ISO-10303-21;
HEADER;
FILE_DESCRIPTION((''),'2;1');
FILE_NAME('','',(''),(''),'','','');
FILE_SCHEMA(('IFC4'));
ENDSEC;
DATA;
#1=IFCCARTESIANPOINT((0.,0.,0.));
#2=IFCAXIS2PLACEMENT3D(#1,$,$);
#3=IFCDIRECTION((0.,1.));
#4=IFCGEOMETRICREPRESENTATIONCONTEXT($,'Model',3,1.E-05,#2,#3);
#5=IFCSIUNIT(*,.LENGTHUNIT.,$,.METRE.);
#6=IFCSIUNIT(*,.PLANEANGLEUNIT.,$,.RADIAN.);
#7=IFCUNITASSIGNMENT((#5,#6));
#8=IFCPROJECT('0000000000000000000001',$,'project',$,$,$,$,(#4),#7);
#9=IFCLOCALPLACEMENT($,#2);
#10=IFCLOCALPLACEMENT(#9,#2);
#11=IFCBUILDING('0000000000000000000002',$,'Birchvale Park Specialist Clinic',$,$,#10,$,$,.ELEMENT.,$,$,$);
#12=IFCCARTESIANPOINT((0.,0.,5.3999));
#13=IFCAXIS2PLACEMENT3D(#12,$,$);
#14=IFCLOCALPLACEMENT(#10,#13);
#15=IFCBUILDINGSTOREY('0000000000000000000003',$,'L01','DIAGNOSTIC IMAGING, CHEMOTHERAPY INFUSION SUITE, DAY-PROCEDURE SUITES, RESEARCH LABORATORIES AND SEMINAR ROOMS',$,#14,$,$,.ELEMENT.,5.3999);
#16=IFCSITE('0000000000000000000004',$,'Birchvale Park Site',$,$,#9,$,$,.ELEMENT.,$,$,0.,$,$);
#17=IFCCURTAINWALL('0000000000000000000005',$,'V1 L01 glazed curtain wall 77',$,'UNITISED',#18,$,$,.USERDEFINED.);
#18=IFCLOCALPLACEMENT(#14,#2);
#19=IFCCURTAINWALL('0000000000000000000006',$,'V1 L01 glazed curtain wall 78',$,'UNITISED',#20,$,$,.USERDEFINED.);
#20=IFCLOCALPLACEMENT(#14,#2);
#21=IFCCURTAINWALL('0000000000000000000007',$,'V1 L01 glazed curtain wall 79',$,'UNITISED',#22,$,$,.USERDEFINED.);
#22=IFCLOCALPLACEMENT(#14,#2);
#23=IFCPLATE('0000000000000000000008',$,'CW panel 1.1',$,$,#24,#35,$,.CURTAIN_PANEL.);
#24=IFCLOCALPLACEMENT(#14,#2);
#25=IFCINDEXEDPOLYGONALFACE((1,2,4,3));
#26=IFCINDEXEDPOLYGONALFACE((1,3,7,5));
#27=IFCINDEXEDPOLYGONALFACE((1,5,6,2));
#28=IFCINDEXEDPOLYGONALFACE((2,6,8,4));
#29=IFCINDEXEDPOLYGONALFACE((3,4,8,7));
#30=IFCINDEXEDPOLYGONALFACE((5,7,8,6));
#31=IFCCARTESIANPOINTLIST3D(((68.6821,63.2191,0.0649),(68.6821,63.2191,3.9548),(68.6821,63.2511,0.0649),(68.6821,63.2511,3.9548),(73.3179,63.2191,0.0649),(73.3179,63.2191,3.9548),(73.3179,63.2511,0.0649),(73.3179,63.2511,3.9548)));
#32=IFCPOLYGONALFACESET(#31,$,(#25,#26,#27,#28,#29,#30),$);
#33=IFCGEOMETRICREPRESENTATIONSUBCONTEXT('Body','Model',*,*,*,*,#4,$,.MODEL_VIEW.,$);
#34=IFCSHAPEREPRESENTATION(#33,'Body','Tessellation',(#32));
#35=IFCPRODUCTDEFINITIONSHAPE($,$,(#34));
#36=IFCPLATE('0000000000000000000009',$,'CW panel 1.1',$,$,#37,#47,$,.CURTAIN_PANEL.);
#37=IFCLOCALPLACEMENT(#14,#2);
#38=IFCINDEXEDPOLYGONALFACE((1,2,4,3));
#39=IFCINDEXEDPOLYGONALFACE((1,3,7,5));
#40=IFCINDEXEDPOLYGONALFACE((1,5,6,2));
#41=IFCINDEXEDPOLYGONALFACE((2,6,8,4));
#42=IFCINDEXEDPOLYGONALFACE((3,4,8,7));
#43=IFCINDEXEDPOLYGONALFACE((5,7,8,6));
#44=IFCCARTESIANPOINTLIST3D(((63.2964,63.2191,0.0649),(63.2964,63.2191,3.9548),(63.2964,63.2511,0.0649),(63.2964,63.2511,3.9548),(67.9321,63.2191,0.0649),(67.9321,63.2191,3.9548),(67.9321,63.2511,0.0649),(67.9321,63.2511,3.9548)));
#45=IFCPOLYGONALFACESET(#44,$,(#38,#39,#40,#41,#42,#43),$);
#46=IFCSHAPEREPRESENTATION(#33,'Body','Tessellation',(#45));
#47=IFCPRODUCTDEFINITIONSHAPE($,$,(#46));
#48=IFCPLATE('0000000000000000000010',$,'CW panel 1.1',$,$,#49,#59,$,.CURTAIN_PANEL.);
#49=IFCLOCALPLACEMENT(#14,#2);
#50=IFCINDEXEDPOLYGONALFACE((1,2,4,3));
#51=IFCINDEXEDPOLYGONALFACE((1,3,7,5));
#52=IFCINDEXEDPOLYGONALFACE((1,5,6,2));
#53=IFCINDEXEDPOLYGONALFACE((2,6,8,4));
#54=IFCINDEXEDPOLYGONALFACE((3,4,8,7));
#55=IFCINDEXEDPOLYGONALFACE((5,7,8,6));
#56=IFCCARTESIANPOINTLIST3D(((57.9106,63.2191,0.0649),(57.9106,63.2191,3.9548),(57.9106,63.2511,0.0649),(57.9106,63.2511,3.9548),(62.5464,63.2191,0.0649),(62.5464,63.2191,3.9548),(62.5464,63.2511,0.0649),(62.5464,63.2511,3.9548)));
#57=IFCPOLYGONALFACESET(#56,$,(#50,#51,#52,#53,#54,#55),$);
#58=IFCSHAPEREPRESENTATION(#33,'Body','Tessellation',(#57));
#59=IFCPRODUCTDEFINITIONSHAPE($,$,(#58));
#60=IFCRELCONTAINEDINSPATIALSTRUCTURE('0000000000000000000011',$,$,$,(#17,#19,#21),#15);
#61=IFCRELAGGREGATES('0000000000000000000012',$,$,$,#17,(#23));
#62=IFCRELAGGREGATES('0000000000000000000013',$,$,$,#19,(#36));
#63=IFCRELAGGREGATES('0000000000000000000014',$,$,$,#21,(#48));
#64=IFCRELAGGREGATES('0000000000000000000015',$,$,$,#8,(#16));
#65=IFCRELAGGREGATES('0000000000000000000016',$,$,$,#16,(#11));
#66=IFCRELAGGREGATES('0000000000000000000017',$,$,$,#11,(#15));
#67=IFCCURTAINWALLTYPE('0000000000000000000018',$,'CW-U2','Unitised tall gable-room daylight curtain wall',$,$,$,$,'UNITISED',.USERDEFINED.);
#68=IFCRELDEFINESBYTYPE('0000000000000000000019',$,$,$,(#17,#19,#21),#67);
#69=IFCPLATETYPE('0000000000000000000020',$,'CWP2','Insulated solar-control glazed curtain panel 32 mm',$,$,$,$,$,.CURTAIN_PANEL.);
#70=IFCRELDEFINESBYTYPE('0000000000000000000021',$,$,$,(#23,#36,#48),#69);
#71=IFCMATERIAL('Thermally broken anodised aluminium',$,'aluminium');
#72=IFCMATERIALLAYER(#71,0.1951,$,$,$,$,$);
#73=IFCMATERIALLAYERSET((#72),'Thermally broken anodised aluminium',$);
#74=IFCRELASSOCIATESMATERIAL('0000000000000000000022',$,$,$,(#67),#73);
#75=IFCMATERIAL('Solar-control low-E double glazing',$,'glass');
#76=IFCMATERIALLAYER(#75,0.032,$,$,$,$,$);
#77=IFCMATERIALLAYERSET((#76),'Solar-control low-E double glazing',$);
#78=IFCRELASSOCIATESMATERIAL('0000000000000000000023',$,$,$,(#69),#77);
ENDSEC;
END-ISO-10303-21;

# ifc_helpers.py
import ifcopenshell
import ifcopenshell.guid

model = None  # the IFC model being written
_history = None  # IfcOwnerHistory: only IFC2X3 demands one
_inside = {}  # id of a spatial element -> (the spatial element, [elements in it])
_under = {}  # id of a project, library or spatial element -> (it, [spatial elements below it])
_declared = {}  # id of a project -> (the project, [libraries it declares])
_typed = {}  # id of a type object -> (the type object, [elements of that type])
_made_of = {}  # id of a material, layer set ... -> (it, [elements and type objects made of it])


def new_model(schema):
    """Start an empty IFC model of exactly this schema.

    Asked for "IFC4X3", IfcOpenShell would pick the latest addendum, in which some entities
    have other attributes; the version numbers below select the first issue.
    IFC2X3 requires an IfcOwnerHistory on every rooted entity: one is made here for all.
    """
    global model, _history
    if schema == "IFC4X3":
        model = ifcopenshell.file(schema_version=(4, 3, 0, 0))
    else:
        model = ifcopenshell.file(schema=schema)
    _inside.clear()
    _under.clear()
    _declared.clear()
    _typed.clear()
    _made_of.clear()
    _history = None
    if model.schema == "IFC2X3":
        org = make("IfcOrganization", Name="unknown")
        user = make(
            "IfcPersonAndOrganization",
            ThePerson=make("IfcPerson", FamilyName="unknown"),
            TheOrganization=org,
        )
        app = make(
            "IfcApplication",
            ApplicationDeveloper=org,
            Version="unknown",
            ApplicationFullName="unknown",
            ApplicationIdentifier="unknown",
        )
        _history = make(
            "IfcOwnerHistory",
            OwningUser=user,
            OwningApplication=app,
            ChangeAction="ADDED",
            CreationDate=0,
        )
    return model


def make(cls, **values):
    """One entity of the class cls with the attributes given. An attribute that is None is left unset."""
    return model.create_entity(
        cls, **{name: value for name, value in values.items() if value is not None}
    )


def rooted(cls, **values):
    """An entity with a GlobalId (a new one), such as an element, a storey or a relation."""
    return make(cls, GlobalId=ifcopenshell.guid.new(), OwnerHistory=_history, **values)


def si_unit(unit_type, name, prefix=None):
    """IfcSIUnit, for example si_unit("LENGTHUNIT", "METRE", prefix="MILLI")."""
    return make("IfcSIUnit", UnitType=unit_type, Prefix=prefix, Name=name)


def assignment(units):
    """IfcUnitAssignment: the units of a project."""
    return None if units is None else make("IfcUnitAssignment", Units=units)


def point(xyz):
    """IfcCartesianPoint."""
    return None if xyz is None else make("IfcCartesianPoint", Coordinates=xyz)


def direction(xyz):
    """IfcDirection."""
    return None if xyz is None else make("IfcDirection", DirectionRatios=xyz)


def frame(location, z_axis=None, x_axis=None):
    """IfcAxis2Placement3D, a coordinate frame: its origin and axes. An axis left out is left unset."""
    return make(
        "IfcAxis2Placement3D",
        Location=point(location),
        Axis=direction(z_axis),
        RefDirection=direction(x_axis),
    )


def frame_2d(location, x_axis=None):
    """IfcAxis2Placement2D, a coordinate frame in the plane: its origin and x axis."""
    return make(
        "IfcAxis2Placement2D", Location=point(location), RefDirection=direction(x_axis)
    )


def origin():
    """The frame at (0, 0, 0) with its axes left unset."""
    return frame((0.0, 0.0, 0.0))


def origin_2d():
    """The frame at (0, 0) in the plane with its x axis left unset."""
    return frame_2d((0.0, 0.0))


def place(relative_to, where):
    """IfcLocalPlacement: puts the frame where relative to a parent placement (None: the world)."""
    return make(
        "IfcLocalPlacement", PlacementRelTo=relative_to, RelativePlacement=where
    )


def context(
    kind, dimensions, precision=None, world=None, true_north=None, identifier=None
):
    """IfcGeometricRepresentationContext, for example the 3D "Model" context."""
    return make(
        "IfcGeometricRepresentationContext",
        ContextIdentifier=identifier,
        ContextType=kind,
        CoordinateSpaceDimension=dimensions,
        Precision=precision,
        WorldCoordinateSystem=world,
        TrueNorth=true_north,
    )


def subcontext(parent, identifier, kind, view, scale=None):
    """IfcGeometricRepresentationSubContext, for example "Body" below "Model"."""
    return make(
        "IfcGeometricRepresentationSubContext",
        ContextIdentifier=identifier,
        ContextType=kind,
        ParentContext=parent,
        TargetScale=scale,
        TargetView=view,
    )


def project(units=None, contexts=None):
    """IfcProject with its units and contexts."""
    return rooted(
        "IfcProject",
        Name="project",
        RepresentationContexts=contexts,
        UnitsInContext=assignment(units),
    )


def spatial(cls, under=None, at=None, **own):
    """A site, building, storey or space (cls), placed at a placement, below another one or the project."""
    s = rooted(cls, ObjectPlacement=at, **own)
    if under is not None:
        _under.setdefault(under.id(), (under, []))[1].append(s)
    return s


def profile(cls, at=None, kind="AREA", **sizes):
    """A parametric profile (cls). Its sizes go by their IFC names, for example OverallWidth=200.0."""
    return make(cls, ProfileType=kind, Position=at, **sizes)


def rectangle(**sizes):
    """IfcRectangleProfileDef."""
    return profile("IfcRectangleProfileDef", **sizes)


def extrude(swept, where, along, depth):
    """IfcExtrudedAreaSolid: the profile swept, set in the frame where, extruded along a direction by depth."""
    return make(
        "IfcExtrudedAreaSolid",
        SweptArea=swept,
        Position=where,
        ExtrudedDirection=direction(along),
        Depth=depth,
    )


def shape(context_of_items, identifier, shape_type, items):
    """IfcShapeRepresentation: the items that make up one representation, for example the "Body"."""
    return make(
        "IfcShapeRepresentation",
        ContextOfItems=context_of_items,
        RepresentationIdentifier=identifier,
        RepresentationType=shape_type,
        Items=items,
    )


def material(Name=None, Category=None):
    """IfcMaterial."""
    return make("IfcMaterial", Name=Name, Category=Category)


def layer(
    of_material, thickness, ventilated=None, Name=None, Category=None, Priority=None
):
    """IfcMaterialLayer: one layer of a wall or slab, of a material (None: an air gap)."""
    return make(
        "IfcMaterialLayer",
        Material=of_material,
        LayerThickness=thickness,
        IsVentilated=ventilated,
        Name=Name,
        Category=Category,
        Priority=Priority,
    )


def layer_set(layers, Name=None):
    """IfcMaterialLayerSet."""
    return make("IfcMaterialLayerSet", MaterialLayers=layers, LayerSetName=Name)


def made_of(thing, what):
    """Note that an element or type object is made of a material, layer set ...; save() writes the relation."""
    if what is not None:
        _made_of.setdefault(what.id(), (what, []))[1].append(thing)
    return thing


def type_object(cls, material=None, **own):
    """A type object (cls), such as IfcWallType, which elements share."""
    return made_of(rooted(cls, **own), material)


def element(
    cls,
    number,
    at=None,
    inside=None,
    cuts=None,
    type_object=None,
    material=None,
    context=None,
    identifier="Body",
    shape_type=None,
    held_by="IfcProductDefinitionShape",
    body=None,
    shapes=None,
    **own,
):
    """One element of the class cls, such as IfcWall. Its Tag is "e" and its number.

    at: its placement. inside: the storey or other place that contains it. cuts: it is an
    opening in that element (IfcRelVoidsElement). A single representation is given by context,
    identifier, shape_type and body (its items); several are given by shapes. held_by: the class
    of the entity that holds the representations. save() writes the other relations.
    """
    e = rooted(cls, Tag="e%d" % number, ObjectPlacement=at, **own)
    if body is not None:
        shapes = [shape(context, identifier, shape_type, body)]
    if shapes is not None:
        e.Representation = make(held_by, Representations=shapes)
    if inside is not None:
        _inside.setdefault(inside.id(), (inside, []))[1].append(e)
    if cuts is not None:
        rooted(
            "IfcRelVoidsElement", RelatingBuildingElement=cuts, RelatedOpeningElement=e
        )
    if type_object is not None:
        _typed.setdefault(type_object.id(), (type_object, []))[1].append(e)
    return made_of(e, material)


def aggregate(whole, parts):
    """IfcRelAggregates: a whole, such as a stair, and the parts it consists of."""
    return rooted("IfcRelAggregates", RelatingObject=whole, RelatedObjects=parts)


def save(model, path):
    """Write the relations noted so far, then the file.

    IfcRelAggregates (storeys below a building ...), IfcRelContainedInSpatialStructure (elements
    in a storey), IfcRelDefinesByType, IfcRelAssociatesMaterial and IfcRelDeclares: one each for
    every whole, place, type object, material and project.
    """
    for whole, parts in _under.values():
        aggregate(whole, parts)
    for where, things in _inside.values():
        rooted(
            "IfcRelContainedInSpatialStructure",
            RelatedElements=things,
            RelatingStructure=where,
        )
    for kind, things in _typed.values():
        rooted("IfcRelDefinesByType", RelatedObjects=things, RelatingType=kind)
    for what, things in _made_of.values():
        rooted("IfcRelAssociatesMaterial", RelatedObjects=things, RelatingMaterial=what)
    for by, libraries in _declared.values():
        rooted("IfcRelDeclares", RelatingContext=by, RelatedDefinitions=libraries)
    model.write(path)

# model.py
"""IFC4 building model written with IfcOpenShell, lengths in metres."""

from ifc_helpers import new_model, si_unit, direction, frame, origin, origin_2d, place, context, subcontext, project, spatial, rectangle, extrude, material, layer, layer_set, type_object, element, aggregate, save


model = new_model("IFC4")

# Units and contexts
model_context = context("Model", 3, precision=1e-05, world=origin(), true_north=direction((0.0, 1.0)))
body_context = subcontext(model_context, "Body", "Model", "MODEL_VIEW")
ifc_project = project(units=[si_unit("LENGTHUNIT", "METRE"), si_unit("PLANEANGLEUNIT", "RADIAN")], contexts=[model_context])

# Site, building, storey
site_placement = place(None, origin())
site = spatial("IfcSite", under=ifc_project, at=site_placement, Name="Birchvale Park Site", CompositionType="ELEMENT", RefElevation=0.0)
building_placement = place(site_placement, origin())
building = spatial("IfcBuilding", under=site, at=building_placement, Name="Birchvale Park Specialist Clinic", CompositionType="ELEMENT")
storey_placement = place(building_placement, frame((0.0, 0.0, 5.3999)))
storey = spatial("IfcBuildingStorey", under=building, at=storey_placement, Name="L01", Description="DIAGNOSTIC IMAGING, CHEMOTHERAPY INFUSION SUITE, DAY-PROCEDURE SUITES, RESEARCH LABORATORIES AND SEMINAR ROOMS", CompositionType="ELEMENT", Elevation=5.3999)

# Shared definitions
ifc_material_1 = material(Name="Thermally broken anodised aluminium", Category="aluminium")
ifc_layer_1 = layer(ifc_material_1, 0.1951)
ifc_layer_set_1 = layer_set([ifc_layer_1], Name="Thermally broken anodised aluminium")
curtain_wall_type = type_object("IfcCurtainWallType", Name="CW-U2", Description="Unitised tall gable-room daylight curtain wall", ElementType="UNITISED", PredefinedType="USERDEFINED", material=ifc_layer_set_1)

# Curtain walls
curtain_wall_1_placement = place(storey_placement, origin())
curtain_wall_1 = element("IfcCurtainWall", 1, at=curtain_wall_1_placement, inside=storey, type_object=curtain_wall_type, Name="V1 L01 glazed curtain wall 77", ObjectType="UNITISED", PredefinedType="USERDEFINED")
curtain_wall_2_placement = place(storey_placement, origin())
curtain_wall_2 = element("IfcCurtainWall", 2, at=curtain_wall_2_placement, inside=storey, type_object=curtain_wall_type, Name="V1 L01 glazed curtain wall 78", ObjectType="UNITISED", PredefinedType="USERDEFINED")
curtain_wall_3_placement = place(storey_placement, origin())
curtain_wall_3 = element("IfcCurtainWall", 3, at=curtain_wall_3_placement, inside=storey, type_object=curtain_wall_type, Name="V1 L01 glazed curtain wall 79", ObjectType="UNITISED", PredefinedType="USERDEFINED")

# Plates
ifc_material_2 = material(Name="Solar-control low-E double glazing", Category="glass")
ifc_layer_2 = layer(ifc_material_2, 0.032)
ifc_layer_set_2 = layer_set([ifc_layer_2], Name="Solar-control low-E double glazing")
plate_type = type_object("IfcPlateType", Name="CWP2", Description="Insulated solar-control glazed curtain panel 32 mm", PredefinedType="CURTAIN_PANEL", material=ifc_layer_set_2)
plate_1_placement = place(storey_placement, frame((71.0, 63.2351, 0.0649), z_axis=(0.0, 0.0, 1.0), x_axis=(-1.0, 0.0, 0.0)))
plate_1 = element("IfcPlate", 4, at=plate_1_placement, type_object=plate_type, Name="CW panel 1.1", PredefinedType="CURTAIN_PANEL", context=body_context, shape_type="SweptSolid", body=[
    extrude(rectangle(XDim=4.6357, YDim=0.032, at=origin_2d()), origin(), (0.0, 0.0, 1.0), 3.8899),
])
aggregate(curtain_wall_1, [plate_1])
plate_2_placement = place(storey_placement, frame((65.6143, 63.2351, 0.0649), z_axis=(0.0, 0.0, 1.0), x_axis=(-1.0, 0.0, 0.0)))
plate_2 = element("IfcPlate", 5, at=plate_2_placement, type_object=plate_type, Name="CW panel 1.1", PredefinedType="CURTAIN_PANEL", context=body_context, shape_type="SweptSolid", body=[
    extrude(rectangle(XDim=4.6357, YDim=0.032, at=origin_2d()), origin(), (0.0, 0.0, 1.0), 3.8899),
])
aggregate(curtain_wall_2, [plate_2])
plate_3_placement = place(storey_placement, frame((60.2285, 63.2351, 0.0649), z_axis=(0.0, 0.0, 1.0), x_axis=(-1.0, 0.0, 0.0)))
plate_3 = element("IfcPlate", 6, at=plate_3_placement, type_object=plate_type, Name="CW panel 1.1", PredefinedType="CURTAIN_PANEL", context=body_context, shape_type="SweptSolid", body=[
    extrude(rectangle(XDim=4.6357, YDim=0.032, at=origin_2d()), origin(), (0.0, 0.0, 1.0), 3.8899),
])
aggregate(curtain_wall_3, [plate_3])

save(model, "model.ifc")
